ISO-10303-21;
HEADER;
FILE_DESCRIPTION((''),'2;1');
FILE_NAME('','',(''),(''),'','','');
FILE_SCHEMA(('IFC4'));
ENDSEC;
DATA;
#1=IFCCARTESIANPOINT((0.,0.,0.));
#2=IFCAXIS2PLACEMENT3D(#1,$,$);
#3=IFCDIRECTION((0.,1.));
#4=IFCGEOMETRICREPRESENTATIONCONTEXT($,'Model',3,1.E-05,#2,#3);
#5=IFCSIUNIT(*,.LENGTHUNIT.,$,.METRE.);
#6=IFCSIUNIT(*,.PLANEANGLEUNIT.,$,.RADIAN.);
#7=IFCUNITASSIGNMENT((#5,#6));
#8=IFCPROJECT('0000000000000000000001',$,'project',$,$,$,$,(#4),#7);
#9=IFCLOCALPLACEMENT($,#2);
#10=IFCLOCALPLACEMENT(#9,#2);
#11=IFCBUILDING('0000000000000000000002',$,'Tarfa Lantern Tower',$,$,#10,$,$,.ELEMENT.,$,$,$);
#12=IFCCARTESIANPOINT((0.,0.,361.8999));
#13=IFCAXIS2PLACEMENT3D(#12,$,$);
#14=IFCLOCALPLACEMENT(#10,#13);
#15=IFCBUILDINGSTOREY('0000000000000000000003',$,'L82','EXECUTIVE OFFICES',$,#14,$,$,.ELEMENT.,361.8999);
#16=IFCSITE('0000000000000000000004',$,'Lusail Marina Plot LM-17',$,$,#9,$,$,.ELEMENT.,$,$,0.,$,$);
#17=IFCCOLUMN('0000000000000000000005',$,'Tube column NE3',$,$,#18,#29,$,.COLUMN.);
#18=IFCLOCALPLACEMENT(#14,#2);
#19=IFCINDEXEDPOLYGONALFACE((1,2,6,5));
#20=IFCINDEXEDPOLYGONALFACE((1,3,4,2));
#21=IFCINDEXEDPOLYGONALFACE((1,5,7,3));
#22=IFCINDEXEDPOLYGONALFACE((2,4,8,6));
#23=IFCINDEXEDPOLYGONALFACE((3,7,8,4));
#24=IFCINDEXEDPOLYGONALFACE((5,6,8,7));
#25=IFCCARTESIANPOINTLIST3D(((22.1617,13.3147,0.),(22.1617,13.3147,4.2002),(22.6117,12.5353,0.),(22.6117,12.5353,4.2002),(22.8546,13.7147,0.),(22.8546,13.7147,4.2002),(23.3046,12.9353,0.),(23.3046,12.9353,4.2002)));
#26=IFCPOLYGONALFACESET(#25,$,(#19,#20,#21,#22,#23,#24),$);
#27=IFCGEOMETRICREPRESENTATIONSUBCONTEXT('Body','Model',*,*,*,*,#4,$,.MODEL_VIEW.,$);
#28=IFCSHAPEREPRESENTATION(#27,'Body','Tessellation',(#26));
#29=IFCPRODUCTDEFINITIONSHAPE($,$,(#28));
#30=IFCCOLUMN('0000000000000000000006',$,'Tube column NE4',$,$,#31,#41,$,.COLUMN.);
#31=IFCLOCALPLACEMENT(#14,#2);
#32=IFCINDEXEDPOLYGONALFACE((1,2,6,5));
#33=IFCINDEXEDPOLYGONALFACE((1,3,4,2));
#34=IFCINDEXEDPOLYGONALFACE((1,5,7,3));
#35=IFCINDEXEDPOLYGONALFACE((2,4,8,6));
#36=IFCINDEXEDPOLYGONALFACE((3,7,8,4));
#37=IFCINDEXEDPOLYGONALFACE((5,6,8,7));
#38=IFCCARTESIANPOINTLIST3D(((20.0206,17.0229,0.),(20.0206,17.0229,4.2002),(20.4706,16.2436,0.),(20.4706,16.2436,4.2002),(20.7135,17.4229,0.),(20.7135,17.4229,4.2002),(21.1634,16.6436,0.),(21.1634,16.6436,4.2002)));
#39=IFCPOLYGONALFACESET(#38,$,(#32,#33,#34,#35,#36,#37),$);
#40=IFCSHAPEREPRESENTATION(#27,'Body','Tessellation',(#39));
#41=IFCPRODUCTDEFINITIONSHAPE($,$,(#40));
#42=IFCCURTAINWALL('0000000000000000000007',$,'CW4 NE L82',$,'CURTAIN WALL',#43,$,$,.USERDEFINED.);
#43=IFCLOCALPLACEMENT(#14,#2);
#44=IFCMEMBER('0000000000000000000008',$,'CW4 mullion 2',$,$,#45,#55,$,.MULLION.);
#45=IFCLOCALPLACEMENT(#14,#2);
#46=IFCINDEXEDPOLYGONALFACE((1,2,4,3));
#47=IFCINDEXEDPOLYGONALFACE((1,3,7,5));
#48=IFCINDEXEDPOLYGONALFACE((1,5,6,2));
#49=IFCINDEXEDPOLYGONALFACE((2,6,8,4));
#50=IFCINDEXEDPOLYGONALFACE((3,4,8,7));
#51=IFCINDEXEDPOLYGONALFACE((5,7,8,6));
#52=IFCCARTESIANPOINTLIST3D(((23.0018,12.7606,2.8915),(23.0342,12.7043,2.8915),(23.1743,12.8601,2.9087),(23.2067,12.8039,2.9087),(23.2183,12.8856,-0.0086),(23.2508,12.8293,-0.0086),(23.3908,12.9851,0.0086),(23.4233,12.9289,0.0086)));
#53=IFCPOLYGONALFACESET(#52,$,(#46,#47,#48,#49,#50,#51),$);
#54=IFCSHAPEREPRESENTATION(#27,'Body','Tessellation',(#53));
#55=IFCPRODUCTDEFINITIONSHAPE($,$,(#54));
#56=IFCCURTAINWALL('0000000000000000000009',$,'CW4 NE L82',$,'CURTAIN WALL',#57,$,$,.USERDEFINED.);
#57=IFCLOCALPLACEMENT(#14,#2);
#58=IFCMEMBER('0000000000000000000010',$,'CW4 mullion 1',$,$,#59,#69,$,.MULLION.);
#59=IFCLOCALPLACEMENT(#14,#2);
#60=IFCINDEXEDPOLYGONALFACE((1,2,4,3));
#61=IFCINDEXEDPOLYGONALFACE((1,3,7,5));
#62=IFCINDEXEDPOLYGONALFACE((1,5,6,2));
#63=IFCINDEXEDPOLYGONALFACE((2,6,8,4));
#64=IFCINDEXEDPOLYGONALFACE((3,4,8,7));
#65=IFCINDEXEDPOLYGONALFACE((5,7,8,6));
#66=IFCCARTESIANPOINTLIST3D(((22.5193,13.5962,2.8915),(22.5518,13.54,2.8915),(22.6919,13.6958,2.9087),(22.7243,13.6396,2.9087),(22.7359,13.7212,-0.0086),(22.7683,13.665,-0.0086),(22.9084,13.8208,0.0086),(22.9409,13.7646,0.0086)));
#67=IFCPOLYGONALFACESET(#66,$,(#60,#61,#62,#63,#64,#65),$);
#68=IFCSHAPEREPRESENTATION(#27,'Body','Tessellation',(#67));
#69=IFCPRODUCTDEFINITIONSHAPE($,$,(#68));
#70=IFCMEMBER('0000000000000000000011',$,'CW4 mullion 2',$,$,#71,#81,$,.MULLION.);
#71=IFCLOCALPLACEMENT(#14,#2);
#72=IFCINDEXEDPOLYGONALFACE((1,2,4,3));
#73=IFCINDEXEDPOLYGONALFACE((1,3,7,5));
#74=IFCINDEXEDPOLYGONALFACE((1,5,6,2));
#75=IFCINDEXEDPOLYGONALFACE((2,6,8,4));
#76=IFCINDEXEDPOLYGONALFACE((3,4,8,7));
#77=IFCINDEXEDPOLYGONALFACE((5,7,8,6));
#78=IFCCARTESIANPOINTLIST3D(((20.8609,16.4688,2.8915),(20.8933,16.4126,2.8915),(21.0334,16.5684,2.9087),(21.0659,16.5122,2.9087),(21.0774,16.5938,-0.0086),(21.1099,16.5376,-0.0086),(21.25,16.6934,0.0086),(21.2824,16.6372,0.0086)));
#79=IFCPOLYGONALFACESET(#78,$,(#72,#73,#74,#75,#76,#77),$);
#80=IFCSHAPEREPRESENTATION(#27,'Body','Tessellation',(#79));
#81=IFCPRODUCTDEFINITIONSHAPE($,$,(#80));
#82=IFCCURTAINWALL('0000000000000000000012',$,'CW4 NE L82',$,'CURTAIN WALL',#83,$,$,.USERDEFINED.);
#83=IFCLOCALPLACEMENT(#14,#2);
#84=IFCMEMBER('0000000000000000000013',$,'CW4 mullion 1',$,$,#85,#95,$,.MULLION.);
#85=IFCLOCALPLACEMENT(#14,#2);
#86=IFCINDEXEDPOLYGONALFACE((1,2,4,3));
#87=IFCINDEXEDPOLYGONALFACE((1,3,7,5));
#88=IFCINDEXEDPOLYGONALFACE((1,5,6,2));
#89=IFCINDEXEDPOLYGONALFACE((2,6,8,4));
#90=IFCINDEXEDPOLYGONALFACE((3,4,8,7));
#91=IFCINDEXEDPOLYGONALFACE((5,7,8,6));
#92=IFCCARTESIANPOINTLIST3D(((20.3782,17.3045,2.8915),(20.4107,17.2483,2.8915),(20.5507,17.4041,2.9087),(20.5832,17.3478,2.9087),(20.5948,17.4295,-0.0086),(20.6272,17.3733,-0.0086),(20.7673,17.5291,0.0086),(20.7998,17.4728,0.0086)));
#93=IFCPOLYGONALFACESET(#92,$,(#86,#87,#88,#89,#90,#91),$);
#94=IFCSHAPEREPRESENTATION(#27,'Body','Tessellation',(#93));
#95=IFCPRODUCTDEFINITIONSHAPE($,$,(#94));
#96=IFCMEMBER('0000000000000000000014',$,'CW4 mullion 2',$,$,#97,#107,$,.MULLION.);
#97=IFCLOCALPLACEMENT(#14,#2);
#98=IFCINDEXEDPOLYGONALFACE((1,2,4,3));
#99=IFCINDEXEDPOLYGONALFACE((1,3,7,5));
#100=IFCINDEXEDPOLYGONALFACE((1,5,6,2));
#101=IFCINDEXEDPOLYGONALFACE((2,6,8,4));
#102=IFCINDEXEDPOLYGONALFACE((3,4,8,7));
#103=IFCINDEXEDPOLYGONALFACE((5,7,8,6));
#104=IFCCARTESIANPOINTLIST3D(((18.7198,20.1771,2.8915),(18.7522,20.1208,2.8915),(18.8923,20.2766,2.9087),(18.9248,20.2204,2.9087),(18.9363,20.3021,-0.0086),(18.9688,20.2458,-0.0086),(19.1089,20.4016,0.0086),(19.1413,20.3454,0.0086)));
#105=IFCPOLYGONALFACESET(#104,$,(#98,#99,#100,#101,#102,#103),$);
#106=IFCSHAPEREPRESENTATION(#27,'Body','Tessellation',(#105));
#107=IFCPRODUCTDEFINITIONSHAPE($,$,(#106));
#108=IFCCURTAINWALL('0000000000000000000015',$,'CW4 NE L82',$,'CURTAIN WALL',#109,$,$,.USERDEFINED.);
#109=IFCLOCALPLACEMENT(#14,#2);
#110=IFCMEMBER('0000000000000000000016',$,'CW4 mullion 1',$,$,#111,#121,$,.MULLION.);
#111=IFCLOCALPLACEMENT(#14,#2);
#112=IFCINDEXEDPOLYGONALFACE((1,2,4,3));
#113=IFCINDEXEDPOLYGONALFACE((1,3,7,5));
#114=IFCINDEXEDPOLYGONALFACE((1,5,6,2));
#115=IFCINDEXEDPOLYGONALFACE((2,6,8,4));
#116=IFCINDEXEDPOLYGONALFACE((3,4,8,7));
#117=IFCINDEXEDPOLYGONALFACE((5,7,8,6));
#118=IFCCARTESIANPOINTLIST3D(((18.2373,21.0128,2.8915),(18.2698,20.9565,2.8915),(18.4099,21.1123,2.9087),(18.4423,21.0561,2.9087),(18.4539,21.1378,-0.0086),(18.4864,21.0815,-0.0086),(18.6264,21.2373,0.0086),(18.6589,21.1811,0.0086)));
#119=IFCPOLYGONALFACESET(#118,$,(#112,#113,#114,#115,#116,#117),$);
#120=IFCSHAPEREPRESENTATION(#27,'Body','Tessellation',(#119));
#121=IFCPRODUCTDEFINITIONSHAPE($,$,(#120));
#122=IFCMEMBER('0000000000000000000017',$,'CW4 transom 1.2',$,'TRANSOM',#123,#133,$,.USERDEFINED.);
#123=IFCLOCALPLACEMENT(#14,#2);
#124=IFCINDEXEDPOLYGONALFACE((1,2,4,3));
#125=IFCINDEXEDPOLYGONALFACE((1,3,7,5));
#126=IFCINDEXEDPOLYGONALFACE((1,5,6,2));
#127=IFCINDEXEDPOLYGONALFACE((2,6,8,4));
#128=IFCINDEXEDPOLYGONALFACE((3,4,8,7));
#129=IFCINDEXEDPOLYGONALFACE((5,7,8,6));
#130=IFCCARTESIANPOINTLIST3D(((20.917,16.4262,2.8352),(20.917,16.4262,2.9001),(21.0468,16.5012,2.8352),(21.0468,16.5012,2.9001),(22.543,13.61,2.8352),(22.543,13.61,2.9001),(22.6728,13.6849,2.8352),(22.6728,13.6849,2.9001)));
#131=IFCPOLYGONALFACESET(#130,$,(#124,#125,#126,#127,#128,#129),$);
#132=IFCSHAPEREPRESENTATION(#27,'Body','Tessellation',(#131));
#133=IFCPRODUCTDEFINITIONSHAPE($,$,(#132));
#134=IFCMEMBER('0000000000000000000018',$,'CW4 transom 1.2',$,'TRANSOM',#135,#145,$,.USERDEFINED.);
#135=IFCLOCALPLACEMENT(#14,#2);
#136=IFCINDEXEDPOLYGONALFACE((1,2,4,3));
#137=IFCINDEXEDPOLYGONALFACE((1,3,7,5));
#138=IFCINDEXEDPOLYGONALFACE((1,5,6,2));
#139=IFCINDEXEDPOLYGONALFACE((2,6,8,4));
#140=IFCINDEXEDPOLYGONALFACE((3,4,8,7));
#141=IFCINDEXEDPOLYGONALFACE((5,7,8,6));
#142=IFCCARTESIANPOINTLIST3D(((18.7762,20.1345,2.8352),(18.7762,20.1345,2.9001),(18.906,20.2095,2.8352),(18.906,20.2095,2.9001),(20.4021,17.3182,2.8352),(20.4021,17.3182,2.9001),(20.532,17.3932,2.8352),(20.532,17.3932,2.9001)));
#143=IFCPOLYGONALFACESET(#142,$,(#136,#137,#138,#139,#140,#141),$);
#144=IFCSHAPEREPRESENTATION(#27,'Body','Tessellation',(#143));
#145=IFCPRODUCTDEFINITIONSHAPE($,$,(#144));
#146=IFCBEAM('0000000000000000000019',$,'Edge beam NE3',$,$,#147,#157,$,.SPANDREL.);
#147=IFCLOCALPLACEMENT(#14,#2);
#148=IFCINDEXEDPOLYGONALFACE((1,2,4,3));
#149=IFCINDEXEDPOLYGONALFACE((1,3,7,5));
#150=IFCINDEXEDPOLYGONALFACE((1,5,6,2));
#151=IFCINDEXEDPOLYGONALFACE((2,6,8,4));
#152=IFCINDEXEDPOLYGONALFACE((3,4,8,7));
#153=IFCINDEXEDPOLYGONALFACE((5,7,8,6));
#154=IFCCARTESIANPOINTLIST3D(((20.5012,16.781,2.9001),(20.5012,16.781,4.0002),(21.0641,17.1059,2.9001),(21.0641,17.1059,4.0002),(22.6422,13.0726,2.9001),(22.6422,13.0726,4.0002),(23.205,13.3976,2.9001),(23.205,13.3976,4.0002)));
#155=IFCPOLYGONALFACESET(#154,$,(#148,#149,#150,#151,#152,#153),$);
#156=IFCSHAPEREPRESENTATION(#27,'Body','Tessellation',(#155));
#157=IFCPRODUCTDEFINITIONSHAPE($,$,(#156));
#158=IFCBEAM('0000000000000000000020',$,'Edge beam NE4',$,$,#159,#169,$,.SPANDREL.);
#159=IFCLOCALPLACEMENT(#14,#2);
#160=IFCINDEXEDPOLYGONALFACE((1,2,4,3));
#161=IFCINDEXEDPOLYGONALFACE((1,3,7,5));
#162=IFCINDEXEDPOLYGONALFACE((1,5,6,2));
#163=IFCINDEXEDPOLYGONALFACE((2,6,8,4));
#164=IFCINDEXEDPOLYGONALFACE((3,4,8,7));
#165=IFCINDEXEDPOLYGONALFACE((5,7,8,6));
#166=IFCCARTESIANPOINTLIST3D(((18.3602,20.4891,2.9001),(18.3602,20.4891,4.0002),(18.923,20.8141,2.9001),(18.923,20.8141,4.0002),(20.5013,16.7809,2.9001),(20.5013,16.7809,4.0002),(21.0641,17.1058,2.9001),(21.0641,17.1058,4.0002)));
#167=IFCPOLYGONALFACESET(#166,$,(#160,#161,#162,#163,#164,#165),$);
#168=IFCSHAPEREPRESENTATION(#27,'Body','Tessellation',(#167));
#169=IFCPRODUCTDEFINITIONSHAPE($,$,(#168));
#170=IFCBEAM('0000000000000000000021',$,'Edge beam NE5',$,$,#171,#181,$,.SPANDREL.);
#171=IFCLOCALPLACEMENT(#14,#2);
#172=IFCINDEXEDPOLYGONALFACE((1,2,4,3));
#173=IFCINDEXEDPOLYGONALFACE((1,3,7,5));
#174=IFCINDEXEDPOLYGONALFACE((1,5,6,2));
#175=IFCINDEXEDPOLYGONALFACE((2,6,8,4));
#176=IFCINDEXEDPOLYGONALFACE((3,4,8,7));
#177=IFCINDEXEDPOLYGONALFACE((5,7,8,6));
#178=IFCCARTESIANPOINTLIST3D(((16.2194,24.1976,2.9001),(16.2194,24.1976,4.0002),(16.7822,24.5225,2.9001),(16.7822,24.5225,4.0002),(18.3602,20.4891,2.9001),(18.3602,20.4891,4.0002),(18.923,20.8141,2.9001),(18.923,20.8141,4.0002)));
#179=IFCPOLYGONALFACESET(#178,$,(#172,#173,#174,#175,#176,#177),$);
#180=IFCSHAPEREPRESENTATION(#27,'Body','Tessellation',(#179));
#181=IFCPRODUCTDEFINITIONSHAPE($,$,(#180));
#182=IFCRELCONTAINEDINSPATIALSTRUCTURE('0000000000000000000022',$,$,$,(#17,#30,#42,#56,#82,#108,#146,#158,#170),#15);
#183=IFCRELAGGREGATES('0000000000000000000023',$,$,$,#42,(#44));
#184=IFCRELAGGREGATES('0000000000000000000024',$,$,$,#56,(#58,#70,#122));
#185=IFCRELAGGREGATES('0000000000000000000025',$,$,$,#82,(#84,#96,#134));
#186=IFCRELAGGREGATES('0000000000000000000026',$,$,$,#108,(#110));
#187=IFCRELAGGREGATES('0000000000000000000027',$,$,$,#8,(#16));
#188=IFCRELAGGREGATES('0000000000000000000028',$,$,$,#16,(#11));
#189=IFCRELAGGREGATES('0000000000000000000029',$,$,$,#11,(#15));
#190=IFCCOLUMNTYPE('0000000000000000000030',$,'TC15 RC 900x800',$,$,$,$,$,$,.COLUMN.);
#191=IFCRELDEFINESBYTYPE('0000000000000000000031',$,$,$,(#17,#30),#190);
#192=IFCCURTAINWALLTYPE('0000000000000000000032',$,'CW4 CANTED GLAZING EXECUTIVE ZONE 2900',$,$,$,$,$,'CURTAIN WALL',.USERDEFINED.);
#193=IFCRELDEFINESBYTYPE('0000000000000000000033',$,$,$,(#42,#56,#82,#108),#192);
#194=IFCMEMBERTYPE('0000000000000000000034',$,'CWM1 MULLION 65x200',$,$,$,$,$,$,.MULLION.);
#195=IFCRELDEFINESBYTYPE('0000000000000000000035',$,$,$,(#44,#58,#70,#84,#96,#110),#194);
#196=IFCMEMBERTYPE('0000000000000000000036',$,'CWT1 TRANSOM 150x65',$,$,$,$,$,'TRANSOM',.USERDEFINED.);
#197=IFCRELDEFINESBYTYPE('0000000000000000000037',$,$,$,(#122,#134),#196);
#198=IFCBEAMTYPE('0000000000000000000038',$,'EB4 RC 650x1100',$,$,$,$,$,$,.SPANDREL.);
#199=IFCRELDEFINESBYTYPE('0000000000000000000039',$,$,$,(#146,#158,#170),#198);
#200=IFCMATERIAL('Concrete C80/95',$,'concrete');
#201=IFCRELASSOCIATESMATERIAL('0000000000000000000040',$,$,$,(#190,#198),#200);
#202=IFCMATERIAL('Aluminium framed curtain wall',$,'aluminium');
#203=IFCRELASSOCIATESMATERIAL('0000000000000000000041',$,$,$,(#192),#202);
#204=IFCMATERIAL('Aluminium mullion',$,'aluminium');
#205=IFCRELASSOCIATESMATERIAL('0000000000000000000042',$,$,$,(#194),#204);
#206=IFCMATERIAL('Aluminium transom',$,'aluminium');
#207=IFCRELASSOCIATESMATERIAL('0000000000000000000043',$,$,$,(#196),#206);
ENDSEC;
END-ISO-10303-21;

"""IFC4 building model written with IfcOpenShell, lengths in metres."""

from ifc_helpers import new_model, si_unit, direction, frame, origin, origin_2d, place, context, subcontext, project, spatial, rectangle, extrude, material, material_profile, profile_set, type_object, element, aggregate, save


model = new_model("IFC4")

# Units and contexts
model_context = context("Model", 3, precision=1e-05, world=origin(), true_north=direction((0.0, 1.0)))
body_context = subcontext(model_context, "Body", "Model", "MODEL_VIEW")
ifc_project = project(units=[si_unit("LENGTHUNIT", "METRE"), si_unit("PLANEANGLEUNIT", "RADIAN")], contexts=[model_context])

# Site, building, storey
site_placement = place(None, origin())
site = spatial("IfcSite", under=ifc_project, at=site_placement, Name="Lusail Marina Plot LM-17", CompositionType="ELEMENT", RefElevation=0.0)
building_placement = place(site_placement, origin())
building = spatial("IfcBuilding", under=site, at=building_placement, Name="Tarfa Lantern Tower", CompositionType="ELEMENT")
storey_placement = place(building_placement, frame((0.0, 0.0, 361.8999)))
storey = spatial("IfcBuildingStorey", under=building, at=storey_placement, Name="L82", Description="EXECUTIVE OFFICES", CompositionType="ELEMENT", Elevation=361.8999)

# Columns
ifc_material_1 = material(Name="Concrete C80/95", Category="concrete")
ifc_material_profile_1 = material_profile(ifc_material_1, rectangle(XDim=0.8999, YDim=0.8, at=origin_2d()), Name="RC 900x800")
ifc_profile_set_1 = profile_set([ifc_material_profile_1], Name="Concrete C80/95")
column_type = type_object("IfcColumnType", Name="TC15 RC 900x800", PredefinedType="COLUMN", material=ifc_profile_set_1)
for number, where, z_axis, x_axis, name in (
    (1, (22.7332, 13.125, 0.0), (0.0, 0.0, 1.0), (-0.5, 0.866025, 0.0), "Tube column NE3"),
    (2, (20.592, 16.8333, 0.0), (0.0, 0.0, 1.0), (-0.5, 0.866025, 0.0), "Tube column NE4"),
):
    element("IfcColumn", number, at=place(storey_placement, frame(where, z_axis=z_axis, x_axis=x_axis)), inside=storey, type_object=column_type, Name=name, PredefinedType="COLUMN", context=body_context, shape_type="SweptSolid", body=[
        extrude(rectangle(XDim=0.8999, YDim=0.8, at=origin_2d()), origin(), (0.0, 0.0, 1.0), 4.2002),
    ])

# Curtain wall, member
ifc_material_2 = material(Name="Aluminium framed curtain wall", Category="aluminium")
curtain_wall_type = type_object("IfcCurtainWallType", Name="CW4 CANTED GLAZING EXECUTIVE ZONE 2900", ElementType="CURTAIN WALL", PredefinedType="USERDEFINED", material=ifc_material_2)
curtain_wall_1_placement = place(storey_placement, origin())
curtain_wall_1 = element("IfcCurtainWall", 3, at=curtain_wall_1_placement, inside=storey, type_object=curtain_wall_type, Name="CW4 NE L82", ObjectType="CURTAIN WALL", PredefinedType="USERDEFINED")
ifc_material_3 = material(Name="Aluminium mullion", Category="aluminium")
ifc_material_profile_2 = material_profile(ifc_material_3, rectangle(XDim=0.0649, YDim=0.2, at=origin_2d()), Name="AL MULLION 65x200")
ifc_profile_set_2 = profile_set([ifc_material_profile_2], Name="Aluminium mullion")
member_type_1 = type_object("IfcMemberType", Name="CWM1 MULLION 65x200", PredefinedType="MULLION", material=ifc_profile_set_2)
member_1_placement = place(storey_placement, frame((23.3208, 12.9072, 0.0), z_axis=(-0.074394, -0.042942, 0.996304), x_axis=(0.49992, -0.866072, 0.0)))
member_1 = element("IfcMember", 4, at=member_1_placement, type_object=member_type_1, Name="CW4 mullion 2", PredefinedType="MULLION", context=body_context, shape_type="SweptSolid", body=[
    extrude(rectangle(XDim=0.0649, YDim=0.2, at=origin_2d()), origin(), (0.0, 0.0, 1.0), 2.9109),
])

# Curtain walls, members
curtain_wall_2_placement = place(storey_placement, origin())
curtain_wall_2 = element("IfcCurtainWall", 5, at=curtain_wall_2_placement, inside=storey, type_object=curtain_wall_type, Name="CW4 NE L82", ObjectType="CURTAIN WALL", PredefinedType="USERDEFINED")
member_2_placement = place(storey_placement, frame((22.8384, 13.7429, 0.0), z_axis=(-0.074394, -0.042942, 0.996304), x_axis=(0.49992, -0.866072, 0.0)))
member_2 = element("IfcMember", 6, at=member_2_placement, type_object=member_type_1, Name="CW4 mullion 1", PredefinedType="MULLION", context=body_context, shape_type="SweptSolid", body=[
    extrude(rectangle(XDim=0.0649, YDim=0.2, at=origin_2d()), origin(), (0.0, 0.0, 1.0), 2.9109),
])
member_3_placement = place(storey_placement, frame((21.1799, 16.6155, 0.0), z_axis=(-0.074394, -0.042942, 0.996304), x_axis=(0.49992, -0.866072, 0.0)))
member_3 = element("IfcMember", 7, at=member_3_placement, type_object=member_type_1, Name="CW4 mullion 2", PredefinedType="MULLION", context=body_context, shape_type="SweptSolid", body=[
    extrude(rectangle(XDim=0.0649, YDim=0.2, at=origin_2d()), origin(), (0.0, 0.0, 1.0), 2.9109),
])
curtain_wall_3_placement = place(storey_placement, origin())
curtain_wall_3 = element("IfcCurtainWall", 8, at=curtain_wall_3_placement, inside=storey, type_object=curtain_wall_type, Name="CW4 NE L82", ObjectType="CURTAIN WALL", PredefinedType="USERDEFINED")
member_4_placement = place(storey_placement, frame((20.6973, 17.4512, 0.0), z_axis=(-0.074394, -0.042942, 0.996304), x_axis=(0.49992, -0.866072, 0.0)))
member_4 = element("IfcMember", 9, at=member_4_placement, type_object=member_type_1, Name="CW4 mullion 1", PredefinedType="MULLION", context=body_context, shape_type="SweptSolid", body=[
    extrude(rectangle(XDim=0.0649, YDim=0.2, at=origin_2d()), origin(), (0.0, 0.0, 1.0), 2.9109),
])
member_5_placement = place(storey_placement, frame((19.0388, 20.3237, 0.0), z_axis=(-0.074394, -0.042942, 0.996304), x_axis=(0.49992, -0.866072, 0.0)))
member_5 = element("IfcMember", 10, at=member_5_placement, type_object=member_type_1, Name="CW4 mullion 2", PredefinedType="MULLION", context=body_context, shape_type="SweptSolid", body=[
    extrude(rectangle(XDim=0.0649, YDim=0.2, at=origin_2d()), origin(), (0.0, 0.0, 1.0), 2.9109),
])

# Curtain wall, member
curtain_wall_4_placement = place(storey_placement, origin())
curtain_wall_4 = element("IfcCurtainWall", 11, at=curtain_wall_4_placement, inside=storey, type_object=curtain_wall_type, Name="CW4 NE L82", ObjectType="CURTAIN WALL", PredefinedType="USERDEFINED")
member_6_placement = place(storey_placement, frame((18.5564, 21.1594, 0.0), z_axis=(-0.074394, -0.042942, 0.996304), x_axis=(0.49992, -0.866072, 0.0)))
member_6 = element("IfcMember", 12, at=member_6_placement, type_object=member_type_1, Name="CW4 mullion 1", PredefinedType="MULLION", context=body_context, shape_type="SweptSolid", body=[
    extrude(rectangle(XDim=0.0649, YDim=0.2, at=origin_2d()), origin(), (0.0, 0.0, 1.0), 2.9109),
])

# Members
ifc_material_4 = material(Name="Aluminium transom", Category="aluminium")
ifc_material_profile_3 = material_profile(ifc_material_4, rectangle(XDim=0.1499, YDim=0.0649, at=origin_2d()), Name="AL TRANSOM 150x65")
ifc_profile_set_3 = profile_set([ifc_material_profile_3], Name="Aluminium transom")
member_type_2 = type_object("IfcMemberType", Name="CWT1 TRANSOM 150x65", ElementType="TRANSOM", PredefinedType="USERDEFINED", material=ifc_profile_set_3)
member_7_placement = place(storey_placement, frame((22.6079, 13.6475, 2.8677), z_axis=(-0.500015, 0.866017, 0.0), x_axis=(-0.866017, -0.500015, 0.0)))
member_7 = element("IfcMember", 13, at=member_7_placement, type_object=member_type_2, Name="CW4 transom 1.2", ObjectType="TRANSOM", PredefinedType="USERDEFINED", context=body_context, shape_type="SweptSolid", body=[
    extrude(rectangle(XDim=0.1499, YDim=0.0649, at=origin_2d()), origin(), (0.0, 0.0, 1.0), 3.252),
])
member_8_placement = place(storey_placement, frame((20.467, 17.3557, 2.8677), z_axis=(-0.499982, 0.866036, 0.0), x_axis=(-0.866036, -0.499982, 0.0)))
member_8 = element("IfcMember", 14, at=member_8_placement, type_object=member_type_2, Name="CW4 transom 1.2", ObjectType="TRANSOM", PredefinedType="USERDEFINED", context=body_context, shape_type="SweptSolid", body=[
    extrude(rectangle(XDim=0.1499, YDim=0.0649, at=origin_2d()), origin(), (0.0, 0.0, 1.0), 3.252),
])

# Beams
ifc_material_profile_4 = material_profile(ifc_material_1, rectangle(XDim=0.6499, YDim=1.1001, at=origin_2d()), Name="RC 650x1100")
ifc_profile_set_4 = profile_set([ifc_material_profile_4], Name="Concrete C80/95")
beam_type_1 = type_object("IfcBeamType", Name="EB4 RC 650x1100", PredefinedType="SPANDREL", material=ifc_profile_set_4)
for number, where, z_axis, x_axis, name in (
    (15, (22.9236, 13.2351, 3.4502), (-0.499984, 0.866035, 0.0), (-0.866035, -0.499984, 0.0), "Edge beam NE3"),
    (16, (20.7827, 16.9434, 3.4502), (-0.500027, 0.86601, 0.0), (-0.86601, -0.500027, 0.0), "Edge beam NE4"),
    (17, (18.6416, 20.6516, 3.4502), (-0.499959, 0.866049, 0.0), (-0.866049, -0.499959, 0.0), "Edge beam NE5"),
):
    element("IfcBeam", number, at=place(storey_placement, frame(where, z_axis=z_axis, x_axis=x_axis)), inside=storey, type_object=beam_type_1, Name=name, PredefinedType="SPANDREL", context=body_context, shape_type="SweptSolid", body=[
        extrude(rectangle(XDim=0.6499, YDim=1.1001, at=origin_2d()), origin(), (0.0, 0.0, 1.0), 4.282),
    ])

aggregate(curtain_wall_1, [member_1])
aggregate(curtain_wall_2, [member_2, member_3, member_7])
aggregate(curtain_wall_3, [member_4, member_5, member_8])
aggregate(curtain_wall_4, [member_6])

save(model, "model.ifc")
